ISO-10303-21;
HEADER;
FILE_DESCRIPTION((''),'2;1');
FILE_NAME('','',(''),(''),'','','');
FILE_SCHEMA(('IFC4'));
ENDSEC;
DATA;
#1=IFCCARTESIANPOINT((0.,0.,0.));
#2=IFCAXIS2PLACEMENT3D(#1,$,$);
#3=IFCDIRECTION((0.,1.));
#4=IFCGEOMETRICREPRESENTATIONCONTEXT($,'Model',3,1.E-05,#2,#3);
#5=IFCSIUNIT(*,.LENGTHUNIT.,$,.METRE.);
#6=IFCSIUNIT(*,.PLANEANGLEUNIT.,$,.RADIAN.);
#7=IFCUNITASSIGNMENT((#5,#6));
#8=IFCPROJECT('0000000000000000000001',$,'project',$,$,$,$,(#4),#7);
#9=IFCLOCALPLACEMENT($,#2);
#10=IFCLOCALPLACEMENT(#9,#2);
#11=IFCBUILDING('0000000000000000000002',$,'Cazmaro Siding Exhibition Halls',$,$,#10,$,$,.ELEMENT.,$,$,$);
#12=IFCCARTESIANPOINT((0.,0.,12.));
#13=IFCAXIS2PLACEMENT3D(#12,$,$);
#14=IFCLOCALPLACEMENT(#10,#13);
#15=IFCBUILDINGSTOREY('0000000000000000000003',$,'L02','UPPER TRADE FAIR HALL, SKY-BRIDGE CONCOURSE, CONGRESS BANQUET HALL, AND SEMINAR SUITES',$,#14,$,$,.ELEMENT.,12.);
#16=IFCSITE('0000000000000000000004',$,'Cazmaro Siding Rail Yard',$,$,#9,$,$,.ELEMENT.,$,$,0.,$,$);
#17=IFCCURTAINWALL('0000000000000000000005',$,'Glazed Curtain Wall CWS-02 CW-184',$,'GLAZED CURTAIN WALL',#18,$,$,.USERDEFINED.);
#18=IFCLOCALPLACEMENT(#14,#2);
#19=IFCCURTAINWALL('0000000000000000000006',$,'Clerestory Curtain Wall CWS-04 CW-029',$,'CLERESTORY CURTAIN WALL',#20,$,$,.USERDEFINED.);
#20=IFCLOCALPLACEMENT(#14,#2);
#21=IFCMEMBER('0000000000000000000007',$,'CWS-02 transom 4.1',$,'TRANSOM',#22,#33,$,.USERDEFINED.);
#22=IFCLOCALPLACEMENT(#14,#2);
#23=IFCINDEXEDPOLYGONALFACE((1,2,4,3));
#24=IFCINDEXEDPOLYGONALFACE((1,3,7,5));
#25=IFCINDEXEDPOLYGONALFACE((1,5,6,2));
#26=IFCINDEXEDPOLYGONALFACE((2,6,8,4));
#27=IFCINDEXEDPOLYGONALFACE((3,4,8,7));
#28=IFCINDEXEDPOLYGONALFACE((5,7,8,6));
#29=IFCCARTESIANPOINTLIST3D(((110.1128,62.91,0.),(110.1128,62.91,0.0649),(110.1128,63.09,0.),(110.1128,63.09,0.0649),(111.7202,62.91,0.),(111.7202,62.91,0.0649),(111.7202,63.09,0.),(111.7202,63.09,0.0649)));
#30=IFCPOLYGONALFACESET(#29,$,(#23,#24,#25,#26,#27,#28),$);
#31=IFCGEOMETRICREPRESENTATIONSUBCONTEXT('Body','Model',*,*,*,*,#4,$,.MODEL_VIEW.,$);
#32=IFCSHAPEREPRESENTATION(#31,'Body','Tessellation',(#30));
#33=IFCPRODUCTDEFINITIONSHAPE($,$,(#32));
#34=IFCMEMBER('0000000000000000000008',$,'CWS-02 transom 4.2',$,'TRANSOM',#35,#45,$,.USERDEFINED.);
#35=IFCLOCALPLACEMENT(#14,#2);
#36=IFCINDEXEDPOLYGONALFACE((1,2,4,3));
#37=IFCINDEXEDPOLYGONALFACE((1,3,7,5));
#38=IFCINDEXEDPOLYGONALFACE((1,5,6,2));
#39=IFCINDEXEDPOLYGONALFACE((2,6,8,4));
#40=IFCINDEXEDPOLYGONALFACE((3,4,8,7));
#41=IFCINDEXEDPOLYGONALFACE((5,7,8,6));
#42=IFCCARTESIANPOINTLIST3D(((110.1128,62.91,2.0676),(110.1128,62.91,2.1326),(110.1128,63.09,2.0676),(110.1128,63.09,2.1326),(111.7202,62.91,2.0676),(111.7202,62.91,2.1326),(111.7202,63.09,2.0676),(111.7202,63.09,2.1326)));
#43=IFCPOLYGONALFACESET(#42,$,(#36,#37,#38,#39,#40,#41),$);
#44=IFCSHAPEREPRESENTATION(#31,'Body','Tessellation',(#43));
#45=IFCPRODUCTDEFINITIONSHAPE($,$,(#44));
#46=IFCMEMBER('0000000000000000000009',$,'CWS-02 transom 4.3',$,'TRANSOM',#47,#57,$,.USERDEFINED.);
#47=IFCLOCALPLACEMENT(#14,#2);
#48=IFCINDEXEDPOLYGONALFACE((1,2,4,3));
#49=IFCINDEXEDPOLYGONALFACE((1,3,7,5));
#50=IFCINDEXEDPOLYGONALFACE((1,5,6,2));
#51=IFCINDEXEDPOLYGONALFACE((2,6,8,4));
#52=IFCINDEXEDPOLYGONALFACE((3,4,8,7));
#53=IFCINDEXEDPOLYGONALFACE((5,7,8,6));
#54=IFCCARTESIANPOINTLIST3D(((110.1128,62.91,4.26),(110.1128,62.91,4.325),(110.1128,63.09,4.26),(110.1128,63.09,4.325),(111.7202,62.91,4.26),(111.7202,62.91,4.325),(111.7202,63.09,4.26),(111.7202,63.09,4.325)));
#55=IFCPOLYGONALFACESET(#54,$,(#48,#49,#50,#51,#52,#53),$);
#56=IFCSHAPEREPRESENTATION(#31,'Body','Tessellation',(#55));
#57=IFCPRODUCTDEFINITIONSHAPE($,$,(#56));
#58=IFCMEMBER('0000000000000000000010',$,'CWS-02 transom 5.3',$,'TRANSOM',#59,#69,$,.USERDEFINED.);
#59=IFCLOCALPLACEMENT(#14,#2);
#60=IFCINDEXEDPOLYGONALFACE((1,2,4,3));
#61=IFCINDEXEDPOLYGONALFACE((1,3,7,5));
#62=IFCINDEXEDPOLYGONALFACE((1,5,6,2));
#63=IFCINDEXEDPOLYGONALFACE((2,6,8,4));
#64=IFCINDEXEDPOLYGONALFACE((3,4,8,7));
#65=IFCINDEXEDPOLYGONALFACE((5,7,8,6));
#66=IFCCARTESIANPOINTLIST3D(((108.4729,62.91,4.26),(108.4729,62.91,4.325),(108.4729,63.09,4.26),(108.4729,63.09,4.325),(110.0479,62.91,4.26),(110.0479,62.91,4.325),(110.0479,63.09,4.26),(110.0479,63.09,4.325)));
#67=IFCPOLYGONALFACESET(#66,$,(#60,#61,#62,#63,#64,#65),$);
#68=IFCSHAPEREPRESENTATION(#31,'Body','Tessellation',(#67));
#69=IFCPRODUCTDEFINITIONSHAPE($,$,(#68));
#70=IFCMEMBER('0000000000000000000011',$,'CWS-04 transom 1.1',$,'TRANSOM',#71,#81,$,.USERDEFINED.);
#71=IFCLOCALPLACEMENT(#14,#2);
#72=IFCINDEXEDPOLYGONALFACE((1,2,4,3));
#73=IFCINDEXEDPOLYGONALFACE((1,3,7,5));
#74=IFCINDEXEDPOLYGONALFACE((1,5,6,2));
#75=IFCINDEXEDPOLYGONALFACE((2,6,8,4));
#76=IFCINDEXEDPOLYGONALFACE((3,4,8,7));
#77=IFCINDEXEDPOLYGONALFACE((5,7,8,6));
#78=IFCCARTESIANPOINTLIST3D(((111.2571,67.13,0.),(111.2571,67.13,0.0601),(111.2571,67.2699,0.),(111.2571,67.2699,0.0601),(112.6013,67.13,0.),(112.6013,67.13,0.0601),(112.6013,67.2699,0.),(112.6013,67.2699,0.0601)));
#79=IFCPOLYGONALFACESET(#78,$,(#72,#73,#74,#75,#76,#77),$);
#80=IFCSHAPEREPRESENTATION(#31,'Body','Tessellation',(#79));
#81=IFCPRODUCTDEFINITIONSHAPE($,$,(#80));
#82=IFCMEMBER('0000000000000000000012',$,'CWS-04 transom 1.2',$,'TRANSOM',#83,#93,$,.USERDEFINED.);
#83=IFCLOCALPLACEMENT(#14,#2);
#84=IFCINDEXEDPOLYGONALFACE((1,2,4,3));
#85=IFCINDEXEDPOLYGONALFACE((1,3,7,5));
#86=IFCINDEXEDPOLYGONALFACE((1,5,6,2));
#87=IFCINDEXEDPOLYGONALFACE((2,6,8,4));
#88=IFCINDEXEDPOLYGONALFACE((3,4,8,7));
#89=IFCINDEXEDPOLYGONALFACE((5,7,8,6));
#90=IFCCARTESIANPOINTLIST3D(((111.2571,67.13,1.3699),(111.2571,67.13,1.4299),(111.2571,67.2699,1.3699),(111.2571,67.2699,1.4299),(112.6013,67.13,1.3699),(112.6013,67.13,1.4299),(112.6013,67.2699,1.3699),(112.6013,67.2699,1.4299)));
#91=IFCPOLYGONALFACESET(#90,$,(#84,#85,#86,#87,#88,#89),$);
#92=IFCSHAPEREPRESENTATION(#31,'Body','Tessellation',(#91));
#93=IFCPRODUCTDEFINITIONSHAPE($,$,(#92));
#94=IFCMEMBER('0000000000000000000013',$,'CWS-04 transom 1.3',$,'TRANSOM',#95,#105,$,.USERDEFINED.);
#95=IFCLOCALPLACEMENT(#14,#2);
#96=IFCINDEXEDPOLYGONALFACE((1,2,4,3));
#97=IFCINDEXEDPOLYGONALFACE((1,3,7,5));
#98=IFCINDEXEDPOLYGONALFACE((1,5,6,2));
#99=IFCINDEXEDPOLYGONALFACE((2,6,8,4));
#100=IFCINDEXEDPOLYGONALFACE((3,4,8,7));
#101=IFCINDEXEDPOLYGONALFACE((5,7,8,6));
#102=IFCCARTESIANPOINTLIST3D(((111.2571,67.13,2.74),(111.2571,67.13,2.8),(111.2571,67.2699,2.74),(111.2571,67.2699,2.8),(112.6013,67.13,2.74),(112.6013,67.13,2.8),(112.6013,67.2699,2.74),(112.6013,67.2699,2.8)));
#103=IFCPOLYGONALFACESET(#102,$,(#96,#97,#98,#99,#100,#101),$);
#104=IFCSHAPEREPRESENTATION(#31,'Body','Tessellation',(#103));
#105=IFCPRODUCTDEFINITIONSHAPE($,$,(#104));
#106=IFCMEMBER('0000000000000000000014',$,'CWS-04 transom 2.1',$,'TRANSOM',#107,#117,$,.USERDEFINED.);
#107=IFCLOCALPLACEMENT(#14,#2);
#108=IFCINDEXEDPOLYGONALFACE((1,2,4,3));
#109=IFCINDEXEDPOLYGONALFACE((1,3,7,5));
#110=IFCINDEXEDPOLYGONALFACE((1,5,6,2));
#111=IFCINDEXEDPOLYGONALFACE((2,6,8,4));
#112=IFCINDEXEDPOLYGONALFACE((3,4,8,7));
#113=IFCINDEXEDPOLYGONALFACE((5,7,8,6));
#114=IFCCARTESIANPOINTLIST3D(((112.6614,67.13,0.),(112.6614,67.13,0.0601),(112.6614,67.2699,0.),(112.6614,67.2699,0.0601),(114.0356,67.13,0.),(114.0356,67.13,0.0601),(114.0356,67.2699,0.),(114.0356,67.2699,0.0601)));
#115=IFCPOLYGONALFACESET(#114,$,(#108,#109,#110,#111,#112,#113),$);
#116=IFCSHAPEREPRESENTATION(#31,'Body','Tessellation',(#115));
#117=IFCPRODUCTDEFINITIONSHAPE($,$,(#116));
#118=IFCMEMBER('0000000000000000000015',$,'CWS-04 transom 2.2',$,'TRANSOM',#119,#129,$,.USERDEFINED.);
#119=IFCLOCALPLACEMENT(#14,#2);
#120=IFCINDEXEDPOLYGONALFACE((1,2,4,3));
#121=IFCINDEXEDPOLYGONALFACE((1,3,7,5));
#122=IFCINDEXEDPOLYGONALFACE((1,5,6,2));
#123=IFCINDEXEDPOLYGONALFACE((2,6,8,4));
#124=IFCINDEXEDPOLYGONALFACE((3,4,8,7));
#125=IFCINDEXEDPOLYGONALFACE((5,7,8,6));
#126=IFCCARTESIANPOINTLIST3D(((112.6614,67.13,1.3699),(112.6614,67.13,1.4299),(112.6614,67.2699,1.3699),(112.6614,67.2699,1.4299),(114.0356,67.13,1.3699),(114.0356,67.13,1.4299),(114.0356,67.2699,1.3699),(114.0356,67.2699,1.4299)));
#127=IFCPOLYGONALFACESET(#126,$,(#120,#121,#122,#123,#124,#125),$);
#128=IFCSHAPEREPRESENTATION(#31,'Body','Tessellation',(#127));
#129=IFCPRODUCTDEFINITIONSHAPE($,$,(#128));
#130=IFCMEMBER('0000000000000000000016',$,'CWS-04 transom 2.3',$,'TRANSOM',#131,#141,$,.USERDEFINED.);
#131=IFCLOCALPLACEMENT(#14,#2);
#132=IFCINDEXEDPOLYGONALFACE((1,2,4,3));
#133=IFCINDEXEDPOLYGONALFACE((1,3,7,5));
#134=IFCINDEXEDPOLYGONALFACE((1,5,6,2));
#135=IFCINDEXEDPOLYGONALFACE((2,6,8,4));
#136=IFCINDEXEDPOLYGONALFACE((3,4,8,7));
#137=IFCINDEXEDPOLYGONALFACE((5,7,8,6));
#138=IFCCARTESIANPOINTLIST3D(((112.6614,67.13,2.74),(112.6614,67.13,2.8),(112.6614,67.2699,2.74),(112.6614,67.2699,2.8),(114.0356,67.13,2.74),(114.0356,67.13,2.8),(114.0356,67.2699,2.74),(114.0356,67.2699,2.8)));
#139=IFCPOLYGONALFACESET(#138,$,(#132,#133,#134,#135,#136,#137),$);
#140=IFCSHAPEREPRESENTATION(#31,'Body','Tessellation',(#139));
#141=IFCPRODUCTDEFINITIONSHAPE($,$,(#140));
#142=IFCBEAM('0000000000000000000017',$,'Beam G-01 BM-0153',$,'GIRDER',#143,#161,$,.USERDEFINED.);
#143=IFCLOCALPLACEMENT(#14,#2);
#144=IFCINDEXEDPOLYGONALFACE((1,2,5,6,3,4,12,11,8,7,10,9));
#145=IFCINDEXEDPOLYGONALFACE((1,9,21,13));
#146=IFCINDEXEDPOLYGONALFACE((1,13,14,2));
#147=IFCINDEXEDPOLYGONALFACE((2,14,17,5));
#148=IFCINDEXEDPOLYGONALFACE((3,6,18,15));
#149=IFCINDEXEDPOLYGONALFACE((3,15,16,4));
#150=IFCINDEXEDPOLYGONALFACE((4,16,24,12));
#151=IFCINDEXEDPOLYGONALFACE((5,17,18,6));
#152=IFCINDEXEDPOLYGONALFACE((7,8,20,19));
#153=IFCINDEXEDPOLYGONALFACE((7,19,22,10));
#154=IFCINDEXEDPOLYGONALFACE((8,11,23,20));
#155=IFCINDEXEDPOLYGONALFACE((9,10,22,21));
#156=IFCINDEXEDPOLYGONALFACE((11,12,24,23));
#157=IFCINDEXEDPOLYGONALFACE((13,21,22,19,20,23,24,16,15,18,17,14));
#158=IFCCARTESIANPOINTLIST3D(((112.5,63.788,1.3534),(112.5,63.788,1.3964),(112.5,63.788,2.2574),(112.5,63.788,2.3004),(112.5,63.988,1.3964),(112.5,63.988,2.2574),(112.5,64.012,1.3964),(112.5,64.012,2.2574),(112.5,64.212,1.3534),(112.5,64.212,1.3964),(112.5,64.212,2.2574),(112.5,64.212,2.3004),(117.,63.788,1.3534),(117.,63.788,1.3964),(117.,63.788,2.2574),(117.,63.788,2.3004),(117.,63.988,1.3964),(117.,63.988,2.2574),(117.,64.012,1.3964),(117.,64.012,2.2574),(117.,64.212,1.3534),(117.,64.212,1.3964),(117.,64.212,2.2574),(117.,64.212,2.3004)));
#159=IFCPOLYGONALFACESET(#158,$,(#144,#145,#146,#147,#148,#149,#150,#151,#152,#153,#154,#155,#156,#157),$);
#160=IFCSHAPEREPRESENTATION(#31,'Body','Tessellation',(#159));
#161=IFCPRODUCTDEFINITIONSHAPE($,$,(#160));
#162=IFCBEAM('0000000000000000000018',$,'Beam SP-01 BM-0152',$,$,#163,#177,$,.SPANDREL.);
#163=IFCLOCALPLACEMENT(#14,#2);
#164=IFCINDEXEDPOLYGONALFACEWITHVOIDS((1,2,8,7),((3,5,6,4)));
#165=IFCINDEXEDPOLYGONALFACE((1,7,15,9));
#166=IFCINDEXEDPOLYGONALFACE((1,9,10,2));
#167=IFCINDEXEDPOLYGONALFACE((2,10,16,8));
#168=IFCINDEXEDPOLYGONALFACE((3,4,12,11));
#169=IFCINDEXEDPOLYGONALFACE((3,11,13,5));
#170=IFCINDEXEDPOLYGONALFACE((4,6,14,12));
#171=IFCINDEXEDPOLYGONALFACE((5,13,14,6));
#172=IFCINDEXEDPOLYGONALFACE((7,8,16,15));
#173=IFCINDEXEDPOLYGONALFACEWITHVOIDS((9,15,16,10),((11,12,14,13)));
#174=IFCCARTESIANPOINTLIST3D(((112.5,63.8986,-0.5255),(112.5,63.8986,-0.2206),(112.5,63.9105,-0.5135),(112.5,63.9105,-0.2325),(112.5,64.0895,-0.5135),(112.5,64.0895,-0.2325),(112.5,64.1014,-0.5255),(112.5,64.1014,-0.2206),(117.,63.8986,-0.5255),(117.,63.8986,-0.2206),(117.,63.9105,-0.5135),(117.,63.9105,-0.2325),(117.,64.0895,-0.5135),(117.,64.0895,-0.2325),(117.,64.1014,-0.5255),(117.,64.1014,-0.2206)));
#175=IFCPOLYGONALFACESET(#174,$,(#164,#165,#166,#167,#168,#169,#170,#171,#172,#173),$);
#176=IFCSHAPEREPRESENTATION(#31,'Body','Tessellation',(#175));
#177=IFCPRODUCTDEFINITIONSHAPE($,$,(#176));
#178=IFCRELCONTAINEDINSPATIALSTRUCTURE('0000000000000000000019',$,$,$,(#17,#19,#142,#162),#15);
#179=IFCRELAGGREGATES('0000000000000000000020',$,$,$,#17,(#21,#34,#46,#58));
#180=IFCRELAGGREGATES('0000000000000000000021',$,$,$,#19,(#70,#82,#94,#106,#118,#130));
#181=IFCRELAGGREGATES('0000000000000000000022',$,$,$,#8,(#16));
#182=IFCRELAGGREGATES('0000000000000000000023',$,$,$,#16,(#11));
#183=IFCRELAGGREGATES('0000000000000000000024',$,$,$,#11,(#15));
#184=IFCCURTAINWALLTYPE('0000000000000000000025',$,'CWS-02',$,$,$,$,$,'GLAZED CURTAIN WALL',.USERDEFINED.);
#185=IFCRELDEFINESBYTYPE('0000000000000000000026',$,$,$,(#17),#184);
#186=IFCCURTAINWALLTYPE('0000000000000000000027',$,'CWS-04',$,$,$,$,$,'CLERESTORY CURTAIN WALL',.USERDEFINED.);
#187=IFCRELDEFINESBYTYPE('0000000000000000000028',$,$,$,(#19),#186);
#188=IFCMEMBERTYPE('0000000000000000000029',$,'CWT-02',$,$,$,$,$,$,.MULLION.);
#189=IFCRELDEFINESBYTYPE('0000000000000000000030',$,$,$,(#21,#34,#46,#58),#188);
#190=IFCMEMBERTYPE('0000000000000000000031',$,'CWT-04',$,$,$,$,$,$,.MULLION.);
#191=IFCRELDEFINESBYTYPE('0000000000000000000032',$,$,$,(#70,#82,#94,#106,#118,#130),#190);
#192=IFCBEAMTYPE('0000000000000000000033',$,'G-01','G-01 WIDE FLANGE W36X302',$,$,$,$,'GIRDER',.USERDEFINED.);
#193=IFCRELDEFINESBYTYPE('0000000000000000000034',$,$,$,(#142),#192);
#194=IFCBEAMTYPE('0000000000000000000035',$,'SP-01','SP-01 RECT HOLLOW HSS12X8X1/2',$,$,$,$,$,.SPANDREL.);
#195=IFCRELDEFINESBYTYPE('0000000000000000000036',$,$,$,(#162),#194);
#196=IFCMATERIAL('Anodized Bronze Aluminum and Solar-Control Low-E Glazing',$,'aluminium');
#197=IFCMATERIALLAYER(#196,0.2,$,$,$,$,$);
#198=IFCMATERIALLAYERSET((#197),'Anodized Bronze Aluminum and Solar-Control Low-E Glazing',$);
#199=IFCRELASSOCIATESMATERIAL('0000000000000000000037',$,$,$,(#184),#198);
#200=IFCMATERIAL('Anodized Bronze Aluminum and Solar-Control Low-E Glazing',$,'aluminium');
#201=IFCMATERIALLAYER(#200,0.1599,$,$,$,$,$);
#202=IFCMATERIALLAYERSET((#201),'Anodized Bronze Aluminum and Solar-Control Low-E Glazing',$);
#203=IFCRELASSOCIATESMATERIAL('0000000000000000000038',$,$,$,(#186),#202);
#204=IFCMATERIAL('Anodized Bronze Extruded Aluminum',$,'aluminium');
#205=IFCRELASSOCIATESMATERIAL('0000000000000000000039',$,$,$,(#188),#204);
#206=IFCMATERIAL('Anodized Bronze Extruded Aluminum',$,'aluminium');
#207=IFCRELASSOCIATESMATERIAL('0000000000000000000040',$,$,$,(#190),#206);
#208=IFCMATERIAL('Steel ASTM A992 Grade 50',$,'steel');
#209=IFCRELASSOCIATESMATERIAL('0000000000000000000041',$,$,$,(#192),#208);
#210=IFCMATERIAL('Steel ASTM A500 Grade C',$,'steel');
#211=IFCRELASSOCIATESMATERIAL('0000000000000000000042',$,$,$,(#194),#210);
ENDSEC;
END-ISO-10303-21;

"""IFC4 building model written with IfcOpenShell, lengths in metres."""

from ifc_helpers import new_model, si_unit, direction, frame, origin, origin_2d, place, context, subcontext, project, spatial, rectangle, hollow_rectangle, i_section, extrude, material, layer, layer_set, material_profile, profile_set, type_object, element, aggregate, save


model = new_model("IFC4")

# Units and contexts
model_context = context("Model", 3, precision=1e-05, world=origin(), true_north=direction((0.0, 1.0)))
body_context = subcontext(model_context, "Body", "Model", "MODEL_VIEW")
ifc_project = project(units=[si_unit("LENGTHUNIT", "METRE"), si_unit("PLANEANGLEUNIT", "RADIAN")], contexts=[model_context])

# Site, building, storey
site_placement = place(None, origin())
site = spatial("IfcSite", under=ifc_project, at=site_placement, Name="Cazmaro Siding Rail Yard", CompositionType="ELEMENT", RefElevation=0.0)
building_placement = place(site_placement, origin())
building = spatial("IfcBuilding", under=site, at=building_placement, Name="Cazmaro Siding Exhibition Halls", CompositionType="ELEMENT")
storey_placement = place(building_placement, frame((0.0, 0.0, 12.0)))
storey = spatial("IfcBuildingStorey", under=building, at=storey_placement, Name="L02", Description="UPPER TRADE FAIR HALL, SKY-BRIDGE CONCOURSE, CONGRESS BANQUET HALL, AND SEMINAR SUITES", CompositionType="ELEMENT", Elevation=12.0)

# Curtain wall
ifc_material_1 = material(Name="Anodized Bronze Aluminum and Solar-Control Low-E Glazing", Category="aluminium")
ifc_layer_1 = layer(ifc_material_1, 0.2)
ifc_layer_set_1 = layer_set([ifc_layer_1], Name="Anodized Bronze Aluminum and Solar-Control Low-E Glazing")
curtain_wall_type_1 = type_object("IfcCurtainWallType", Name="CWS-02", ElementType="GLAZED CURTAIN WALL", PredefinedType="USERDEFINED", material=ifc_layer_set_1)
curtain_wall_1_placement = place(storey_placement, origin())
curtain_wall_1 = element("IfcCurtainWall", 1, at=curtain_wall_1_placement, inside=storey, type_object=curtain_wall_type_1, Name="Glazed Curtain Wall CWS-02 CW-184", ObjectType="GLAZED CURTAIN WALL", PredefinedType="USERDEFINED")

# Shared definitions
ifc_material_2 = material(Name="Anodized Bronze Aluminum and Solar-Control Low-E Glazing", Category="aluminium")
ifc_layer_2 = layer(ifc_material_2, 0.1599)
ifc_layer_set_2 = layer_set([ifc_layer_2], Name="Anodized Bronze Aluminum and Solar-Control Low-E Glazing")
curtain_wall_type_2 = type_object("IfcCurtainWallType", Name="CWS-04", ElementType="CLERESTORY CURTAIN WALL", PredefinedType="USERDEFINED", material=ifc_layer_set_2)

# Curtain wall
curtain_wall_2_placement = place(storey_placement, origin())
curtain_wall_2 = element("IfcCurtainWall", 2, at=curtain_wall_2_placement, inside=storey, type_object=curtain_wall_type_2, Name="Clerestory Curtain Wall CWS-04 CW-029", ObjectType="CLERESTORY CURTAIN WALL", PredefinedType="USERDEFINED")

# Members
ifc_material_3 = material(Name="Anodized Bronze Extruded Aluminum", Category="aluminium")
ifc_material_profile_1 = material_profile(ifc_material_3, rectangle(XDim=0.1799, YDim=0.0649, at=origin_2d()), Name="CWT-02")
ifc_profile_set_1 = profile_set([ifc_material_profile_1], Name="Anodized Bronze Extruded Aluminum")
member_type_1 = type_object("IfcMemberType", Name="CWT-02", PredefinedType="MULLION", material=ifc_profile_set_1)
member_1_placement = place(storey_placement, frame((111.7202, 63.0, 0.0325), z_axis=(-1.0, 0.0, 0.0), x_axis=(0.0, -1.0, 0.0)))
member_1 = element("IfcMember", 3, at=member_1_placement, type_object=member_type_1, Name="CWS-02 transom 4.1", ObjectType="TRANSOM", PredefinedType="USERDEFINED", context=body_context, shape_type="SweptSolid", body=[
    extrude(rectangle(XDim=0.1799, YDim=0.0649, at=origin_2d()), origin(), (0.0, 0.0, 1.0), 1.6074),
])
member_2_placement = place(storey_placement, frame((111.7202, 63.0, 2.1001), z_axis=(-1.0, 0.0, 0.0), x_axis=(0.0, -1.0, 0.0)))
member_2 = element("IfcMember", 4, at=member_2_placement, type_object=member_type_1, Name="CWS-02 transom 4.2", ObjectType="TRANSOM", PredefinedType="USERDEFINED", context=body_context, shape_type="SweptSolid", body=[
    extrude(rectangle(XDim=0.1799, YDim=0.0649, at=origin_2d()), origin(), (0.0, 0.0, 1.0), 1.6074),
])
member_3_placement = place(storey_placement, frame((111.7202, 63.0, 4.2925), z_axis=(-1.0, 0.0, 0.0), x_axis=(0.0, -1.0, 0.0)))
member_3 = element("IfcMember", 5, at=member_3_placement, type_object=member_type_1, Name="CWS-02 transom 4.3", ObjectType="TRANSOM", PredefinedType="USERDEFINED", context=body_context, shape_type="SweptSolid", body=[
    extrude(rectangle(XDim=0.1799, YDim=0.0649, at=origin_2d()), origin(), (0.0, 0.0, 1.0), 1.6074),
])
member_4_placement = place(storey_placement, frame((110.0479, 63.0, 4.2925), z_axis=(-1.0, 0.0, 0.0), x_axis=(0.0, -1.0, 0.0)))
member_4 = element("IfcMember", 6, at=member_4_placement, type_object=member_type_1, Name="CWS-02 transom 5.3", ObjectType="TRANSOM", PredefinedType="USERDEFINED", context=body_context, shape_type="SweptSolid", body=[
    extrude(rectangle(XDim=0.1799, YDim=0.0649, at=origin_2d()), origin(), (0.0, 0.0, 1.0), 1.575),
])
ifc_material_4 = material(Name="Anodized Bronze Extruded Aluminum", Category="aluminium")
ifc_material_profile_2 = material_profile(ifc_material_4, rectangle(XDim=0.1399, YDim=0.0601, at=origin_2d()), Name="CWT-04")
ifc_profile_set_2 = profile_set([ifc_material_profile_2], Name="Anodized Bronze Extruded Aluminum")
member_type_2 = type_object("IfcMemberType", Name="CWT-04", PredefinedType="MULLION", material=ifc_profile_set_2)
member_5_placement = place(storey_placement, frame((111.2571, 67.2, 0.03), z_axis=(1.0, 0.0, 0.0), x_axis=(0.0, 1.0, 0.0)))
member_5 = element("IfcMember", 7, at=member_5_placement, type_object=member_type_2, Name="CWS-04 transom 1.1", ObjectType="TRANSOM", PredefinedType="USERDEFINED", context=body_context, shape_type="SweptSolid", body=[
    extrude(rectangle(XDim=0.1399, YDim=0.0601, at=origin_2d()), origin(), (0.0, 0.0, 1.0), 1.3442),
])
member_6_placement = place(storey_placement, frame((111.2571, 67.2, 1.3999), z_axis=(1.0, 0.0, 0.0), x_axis=(0.0, 1.0, 0.0)))
member_6 = element("IfcMember", 8, at=member_6_placement, type_object=member_type_2, Name="CWS-04 transom 1.2", ObjectType="TRANSOM", PredefinedType="USERDEFINED", context=body_context, shape_type="SweptSolid", body=[
    extrude(rectangle(XDim=0.1399, YDim=0.0601, at=origin_2d()), origin(), (0.0, 0.0, 1.0), 1.3442),
])
member_7_placement = place(storey_placement, frame((111.2571, 67.2, 2.77), z_axis=(1.0, 0.0, 0.0), x_axis=(0.0, 1.0, 0.0)))
member_7 = element("IfcMember", 9, at=member_7_placement, type_object=member_type_2, Name="CWS-04 transom 1.3", ObjectType="TRANSOM", PredefinedType="USERDEFINED", context=body_context, shape_type="SweptSolid", body=[
    extrude(rectangle(XDim=0.1399, YDim=0.0601, at=origin_2d()), origin(), (0.0, 0.0, 1.0), 1.3442),
])
member_8_placement = place(storey_placement, frame((112.6614, 67.2, 0.03), z_axis=(1.0, 0.0, 0.0), x_axis=(0.0, 1.0, 0.0)))
member_8 = element("IfcMember", 10, at=member_8_placement, type_object=member_type_2, Name="CWS-04 transom 2.1", ObjectType="TRANSOM", PredefinedType="USERDEFINED", context=body_context, shape_type="SweptSolid", body=[
    extrude(rectangle(XDim=0.1399, YDim=0.0601, at=origin_2d()), origin(), (0.0, 0.0, 1.0), 1.3743),
])
member_9_placement = place(storey_placement, frame((112.6614, 67.2, 1.3999), z_axis=(1.0, 0.0, 0.0), x_axis=(0.0, 1.0, 0.0)))
member_9 = element("IfcMember", 11, at=member_9_placement, type_object=member_type_2, Name="CWS-04 transom 2.2", ObjectType="TRANSOM", PredefinedType="USERDEFINED", context=body_context, shape_type="SweptSolid", body=[
    extrude(rectangle(XDim=0.1399, YDim=0.0601, at=origin_2d()), origin(), (0.0, 0.0, 1.0), 1.3743),
])
member_10_placement = place(storey_placement, frame((112.6614, 67.2, 2.77), z_axis=(1.0, 0.0, 0.0), x_axis=(0.0, 1.0, 0.0)))
member_10 = element("IfcMember", 12, at=member_10_placement, type_object=member_type_2, Name="CWS-04 transom 2.3", ObjectType="TRANSOM", PredefinedType="USERDEFINED", context=body_context, shape_type="SweptSolid", body=[
    extrude(rectangle(XDim=0.1399, YDim=0.0601, at=origin_2d()), origin(), (0.0, 0.0, 1.0), 1.3743),
])

# Beams
ifc_material_5 = material(Name="Steel ASTM A992 Grade 50", Category="steel")
ifc_material_profile_3 = material_profile(ifc_material_5, i_section(OverallWidth=0.4241, OverallDepth=0.947, WebThickness=0.0239, FlangeThickness=0.043, at=origin_2d()), Name="W36X302")
ifc_profile_set_3 = profile_set([ifc_material_profile_3], Name="Steel ASTM A992 Grade 50")
beam_type_1 = type_object("IfcBeamType", Name="G-01", Description="G-01 WIDE FLANGE W36X302", ElementType="GIRDER", PredefinedType="USERDEFINED", material=ifc_profile_set_3)
beam_1_placement = place(storey_placement, frame((112.5, 64.0, 1.8269), z_axis=(1.0, 0.0, 0.0), x_axis=(0.0, 1.0, 0.0)))
element("IfcBeam", 13, at=beam_1_placement, inside=storey, type_object=beam_type_1, Name="Beam G-01 BM-0153", ObjectType="GIRDER", PredefinedType="USERDEFINED", context=body_context, shape_type="SweptSolid", body=[
    extrude(i_section(OverallWidth=0.4241, OverallDepth=0.947, WebThickness=0.0239, FlangeThickness=0.043, at=origin_2d()), origin(), (0.0, 0.0, 1.0), 4.5),
])
ifc_material_6 = material(Name="Steel ASTM A500 Grade C", Category="steel")
ifc_material_profile_4 = material_profile(ifc_material_6, hollow_rectangle(XDim=0.2029, YDim=0.3049, WallThickness=0.012, at=origin_2d()), Name="HSS12X8X1/2")
ifc_profile_set_4 = profile_set([ifc_material_profile_4], Name="Steel ASTM A500 Grade C")
beam_type_2 = type_object("IfcBeamType", Name="SP-01", Description="SP-01 RECT HOLLOW HSS12X8X1/2", PredefinedType="SPANDREL", material=ifc_profile_set_4)
beam_2_placement = place(storey_placement, frame((112.5, 64.0, -0.373), z_axis=(1.0, 0.0, 0.0), x_axis=(0.0, 1.0, 0.0)))
element("IfcBeam", 14, at=beam_2_placement, inside=storey, type_object=beam_type_2, Name="Beam SP-01 BM-0152", PredefinedType="SPANDREL", context=body_context, shape_type="SweptSolid", body=[
    extrude(hollow_rectangle(XDim=0.2029, YDim=0.3049, WallThickness=0.012, at=origin_2d()), origin(), (0.0, 0.0, 1.0), 4.5),
])

aggregate(curtain_wall_1, [member_1, member_2, member_3, member_4])
aggregate(curtain_wall_2, [member_5, member_6, member_7, member_8, member_9, member_10])

save(model, "model.ifc")
